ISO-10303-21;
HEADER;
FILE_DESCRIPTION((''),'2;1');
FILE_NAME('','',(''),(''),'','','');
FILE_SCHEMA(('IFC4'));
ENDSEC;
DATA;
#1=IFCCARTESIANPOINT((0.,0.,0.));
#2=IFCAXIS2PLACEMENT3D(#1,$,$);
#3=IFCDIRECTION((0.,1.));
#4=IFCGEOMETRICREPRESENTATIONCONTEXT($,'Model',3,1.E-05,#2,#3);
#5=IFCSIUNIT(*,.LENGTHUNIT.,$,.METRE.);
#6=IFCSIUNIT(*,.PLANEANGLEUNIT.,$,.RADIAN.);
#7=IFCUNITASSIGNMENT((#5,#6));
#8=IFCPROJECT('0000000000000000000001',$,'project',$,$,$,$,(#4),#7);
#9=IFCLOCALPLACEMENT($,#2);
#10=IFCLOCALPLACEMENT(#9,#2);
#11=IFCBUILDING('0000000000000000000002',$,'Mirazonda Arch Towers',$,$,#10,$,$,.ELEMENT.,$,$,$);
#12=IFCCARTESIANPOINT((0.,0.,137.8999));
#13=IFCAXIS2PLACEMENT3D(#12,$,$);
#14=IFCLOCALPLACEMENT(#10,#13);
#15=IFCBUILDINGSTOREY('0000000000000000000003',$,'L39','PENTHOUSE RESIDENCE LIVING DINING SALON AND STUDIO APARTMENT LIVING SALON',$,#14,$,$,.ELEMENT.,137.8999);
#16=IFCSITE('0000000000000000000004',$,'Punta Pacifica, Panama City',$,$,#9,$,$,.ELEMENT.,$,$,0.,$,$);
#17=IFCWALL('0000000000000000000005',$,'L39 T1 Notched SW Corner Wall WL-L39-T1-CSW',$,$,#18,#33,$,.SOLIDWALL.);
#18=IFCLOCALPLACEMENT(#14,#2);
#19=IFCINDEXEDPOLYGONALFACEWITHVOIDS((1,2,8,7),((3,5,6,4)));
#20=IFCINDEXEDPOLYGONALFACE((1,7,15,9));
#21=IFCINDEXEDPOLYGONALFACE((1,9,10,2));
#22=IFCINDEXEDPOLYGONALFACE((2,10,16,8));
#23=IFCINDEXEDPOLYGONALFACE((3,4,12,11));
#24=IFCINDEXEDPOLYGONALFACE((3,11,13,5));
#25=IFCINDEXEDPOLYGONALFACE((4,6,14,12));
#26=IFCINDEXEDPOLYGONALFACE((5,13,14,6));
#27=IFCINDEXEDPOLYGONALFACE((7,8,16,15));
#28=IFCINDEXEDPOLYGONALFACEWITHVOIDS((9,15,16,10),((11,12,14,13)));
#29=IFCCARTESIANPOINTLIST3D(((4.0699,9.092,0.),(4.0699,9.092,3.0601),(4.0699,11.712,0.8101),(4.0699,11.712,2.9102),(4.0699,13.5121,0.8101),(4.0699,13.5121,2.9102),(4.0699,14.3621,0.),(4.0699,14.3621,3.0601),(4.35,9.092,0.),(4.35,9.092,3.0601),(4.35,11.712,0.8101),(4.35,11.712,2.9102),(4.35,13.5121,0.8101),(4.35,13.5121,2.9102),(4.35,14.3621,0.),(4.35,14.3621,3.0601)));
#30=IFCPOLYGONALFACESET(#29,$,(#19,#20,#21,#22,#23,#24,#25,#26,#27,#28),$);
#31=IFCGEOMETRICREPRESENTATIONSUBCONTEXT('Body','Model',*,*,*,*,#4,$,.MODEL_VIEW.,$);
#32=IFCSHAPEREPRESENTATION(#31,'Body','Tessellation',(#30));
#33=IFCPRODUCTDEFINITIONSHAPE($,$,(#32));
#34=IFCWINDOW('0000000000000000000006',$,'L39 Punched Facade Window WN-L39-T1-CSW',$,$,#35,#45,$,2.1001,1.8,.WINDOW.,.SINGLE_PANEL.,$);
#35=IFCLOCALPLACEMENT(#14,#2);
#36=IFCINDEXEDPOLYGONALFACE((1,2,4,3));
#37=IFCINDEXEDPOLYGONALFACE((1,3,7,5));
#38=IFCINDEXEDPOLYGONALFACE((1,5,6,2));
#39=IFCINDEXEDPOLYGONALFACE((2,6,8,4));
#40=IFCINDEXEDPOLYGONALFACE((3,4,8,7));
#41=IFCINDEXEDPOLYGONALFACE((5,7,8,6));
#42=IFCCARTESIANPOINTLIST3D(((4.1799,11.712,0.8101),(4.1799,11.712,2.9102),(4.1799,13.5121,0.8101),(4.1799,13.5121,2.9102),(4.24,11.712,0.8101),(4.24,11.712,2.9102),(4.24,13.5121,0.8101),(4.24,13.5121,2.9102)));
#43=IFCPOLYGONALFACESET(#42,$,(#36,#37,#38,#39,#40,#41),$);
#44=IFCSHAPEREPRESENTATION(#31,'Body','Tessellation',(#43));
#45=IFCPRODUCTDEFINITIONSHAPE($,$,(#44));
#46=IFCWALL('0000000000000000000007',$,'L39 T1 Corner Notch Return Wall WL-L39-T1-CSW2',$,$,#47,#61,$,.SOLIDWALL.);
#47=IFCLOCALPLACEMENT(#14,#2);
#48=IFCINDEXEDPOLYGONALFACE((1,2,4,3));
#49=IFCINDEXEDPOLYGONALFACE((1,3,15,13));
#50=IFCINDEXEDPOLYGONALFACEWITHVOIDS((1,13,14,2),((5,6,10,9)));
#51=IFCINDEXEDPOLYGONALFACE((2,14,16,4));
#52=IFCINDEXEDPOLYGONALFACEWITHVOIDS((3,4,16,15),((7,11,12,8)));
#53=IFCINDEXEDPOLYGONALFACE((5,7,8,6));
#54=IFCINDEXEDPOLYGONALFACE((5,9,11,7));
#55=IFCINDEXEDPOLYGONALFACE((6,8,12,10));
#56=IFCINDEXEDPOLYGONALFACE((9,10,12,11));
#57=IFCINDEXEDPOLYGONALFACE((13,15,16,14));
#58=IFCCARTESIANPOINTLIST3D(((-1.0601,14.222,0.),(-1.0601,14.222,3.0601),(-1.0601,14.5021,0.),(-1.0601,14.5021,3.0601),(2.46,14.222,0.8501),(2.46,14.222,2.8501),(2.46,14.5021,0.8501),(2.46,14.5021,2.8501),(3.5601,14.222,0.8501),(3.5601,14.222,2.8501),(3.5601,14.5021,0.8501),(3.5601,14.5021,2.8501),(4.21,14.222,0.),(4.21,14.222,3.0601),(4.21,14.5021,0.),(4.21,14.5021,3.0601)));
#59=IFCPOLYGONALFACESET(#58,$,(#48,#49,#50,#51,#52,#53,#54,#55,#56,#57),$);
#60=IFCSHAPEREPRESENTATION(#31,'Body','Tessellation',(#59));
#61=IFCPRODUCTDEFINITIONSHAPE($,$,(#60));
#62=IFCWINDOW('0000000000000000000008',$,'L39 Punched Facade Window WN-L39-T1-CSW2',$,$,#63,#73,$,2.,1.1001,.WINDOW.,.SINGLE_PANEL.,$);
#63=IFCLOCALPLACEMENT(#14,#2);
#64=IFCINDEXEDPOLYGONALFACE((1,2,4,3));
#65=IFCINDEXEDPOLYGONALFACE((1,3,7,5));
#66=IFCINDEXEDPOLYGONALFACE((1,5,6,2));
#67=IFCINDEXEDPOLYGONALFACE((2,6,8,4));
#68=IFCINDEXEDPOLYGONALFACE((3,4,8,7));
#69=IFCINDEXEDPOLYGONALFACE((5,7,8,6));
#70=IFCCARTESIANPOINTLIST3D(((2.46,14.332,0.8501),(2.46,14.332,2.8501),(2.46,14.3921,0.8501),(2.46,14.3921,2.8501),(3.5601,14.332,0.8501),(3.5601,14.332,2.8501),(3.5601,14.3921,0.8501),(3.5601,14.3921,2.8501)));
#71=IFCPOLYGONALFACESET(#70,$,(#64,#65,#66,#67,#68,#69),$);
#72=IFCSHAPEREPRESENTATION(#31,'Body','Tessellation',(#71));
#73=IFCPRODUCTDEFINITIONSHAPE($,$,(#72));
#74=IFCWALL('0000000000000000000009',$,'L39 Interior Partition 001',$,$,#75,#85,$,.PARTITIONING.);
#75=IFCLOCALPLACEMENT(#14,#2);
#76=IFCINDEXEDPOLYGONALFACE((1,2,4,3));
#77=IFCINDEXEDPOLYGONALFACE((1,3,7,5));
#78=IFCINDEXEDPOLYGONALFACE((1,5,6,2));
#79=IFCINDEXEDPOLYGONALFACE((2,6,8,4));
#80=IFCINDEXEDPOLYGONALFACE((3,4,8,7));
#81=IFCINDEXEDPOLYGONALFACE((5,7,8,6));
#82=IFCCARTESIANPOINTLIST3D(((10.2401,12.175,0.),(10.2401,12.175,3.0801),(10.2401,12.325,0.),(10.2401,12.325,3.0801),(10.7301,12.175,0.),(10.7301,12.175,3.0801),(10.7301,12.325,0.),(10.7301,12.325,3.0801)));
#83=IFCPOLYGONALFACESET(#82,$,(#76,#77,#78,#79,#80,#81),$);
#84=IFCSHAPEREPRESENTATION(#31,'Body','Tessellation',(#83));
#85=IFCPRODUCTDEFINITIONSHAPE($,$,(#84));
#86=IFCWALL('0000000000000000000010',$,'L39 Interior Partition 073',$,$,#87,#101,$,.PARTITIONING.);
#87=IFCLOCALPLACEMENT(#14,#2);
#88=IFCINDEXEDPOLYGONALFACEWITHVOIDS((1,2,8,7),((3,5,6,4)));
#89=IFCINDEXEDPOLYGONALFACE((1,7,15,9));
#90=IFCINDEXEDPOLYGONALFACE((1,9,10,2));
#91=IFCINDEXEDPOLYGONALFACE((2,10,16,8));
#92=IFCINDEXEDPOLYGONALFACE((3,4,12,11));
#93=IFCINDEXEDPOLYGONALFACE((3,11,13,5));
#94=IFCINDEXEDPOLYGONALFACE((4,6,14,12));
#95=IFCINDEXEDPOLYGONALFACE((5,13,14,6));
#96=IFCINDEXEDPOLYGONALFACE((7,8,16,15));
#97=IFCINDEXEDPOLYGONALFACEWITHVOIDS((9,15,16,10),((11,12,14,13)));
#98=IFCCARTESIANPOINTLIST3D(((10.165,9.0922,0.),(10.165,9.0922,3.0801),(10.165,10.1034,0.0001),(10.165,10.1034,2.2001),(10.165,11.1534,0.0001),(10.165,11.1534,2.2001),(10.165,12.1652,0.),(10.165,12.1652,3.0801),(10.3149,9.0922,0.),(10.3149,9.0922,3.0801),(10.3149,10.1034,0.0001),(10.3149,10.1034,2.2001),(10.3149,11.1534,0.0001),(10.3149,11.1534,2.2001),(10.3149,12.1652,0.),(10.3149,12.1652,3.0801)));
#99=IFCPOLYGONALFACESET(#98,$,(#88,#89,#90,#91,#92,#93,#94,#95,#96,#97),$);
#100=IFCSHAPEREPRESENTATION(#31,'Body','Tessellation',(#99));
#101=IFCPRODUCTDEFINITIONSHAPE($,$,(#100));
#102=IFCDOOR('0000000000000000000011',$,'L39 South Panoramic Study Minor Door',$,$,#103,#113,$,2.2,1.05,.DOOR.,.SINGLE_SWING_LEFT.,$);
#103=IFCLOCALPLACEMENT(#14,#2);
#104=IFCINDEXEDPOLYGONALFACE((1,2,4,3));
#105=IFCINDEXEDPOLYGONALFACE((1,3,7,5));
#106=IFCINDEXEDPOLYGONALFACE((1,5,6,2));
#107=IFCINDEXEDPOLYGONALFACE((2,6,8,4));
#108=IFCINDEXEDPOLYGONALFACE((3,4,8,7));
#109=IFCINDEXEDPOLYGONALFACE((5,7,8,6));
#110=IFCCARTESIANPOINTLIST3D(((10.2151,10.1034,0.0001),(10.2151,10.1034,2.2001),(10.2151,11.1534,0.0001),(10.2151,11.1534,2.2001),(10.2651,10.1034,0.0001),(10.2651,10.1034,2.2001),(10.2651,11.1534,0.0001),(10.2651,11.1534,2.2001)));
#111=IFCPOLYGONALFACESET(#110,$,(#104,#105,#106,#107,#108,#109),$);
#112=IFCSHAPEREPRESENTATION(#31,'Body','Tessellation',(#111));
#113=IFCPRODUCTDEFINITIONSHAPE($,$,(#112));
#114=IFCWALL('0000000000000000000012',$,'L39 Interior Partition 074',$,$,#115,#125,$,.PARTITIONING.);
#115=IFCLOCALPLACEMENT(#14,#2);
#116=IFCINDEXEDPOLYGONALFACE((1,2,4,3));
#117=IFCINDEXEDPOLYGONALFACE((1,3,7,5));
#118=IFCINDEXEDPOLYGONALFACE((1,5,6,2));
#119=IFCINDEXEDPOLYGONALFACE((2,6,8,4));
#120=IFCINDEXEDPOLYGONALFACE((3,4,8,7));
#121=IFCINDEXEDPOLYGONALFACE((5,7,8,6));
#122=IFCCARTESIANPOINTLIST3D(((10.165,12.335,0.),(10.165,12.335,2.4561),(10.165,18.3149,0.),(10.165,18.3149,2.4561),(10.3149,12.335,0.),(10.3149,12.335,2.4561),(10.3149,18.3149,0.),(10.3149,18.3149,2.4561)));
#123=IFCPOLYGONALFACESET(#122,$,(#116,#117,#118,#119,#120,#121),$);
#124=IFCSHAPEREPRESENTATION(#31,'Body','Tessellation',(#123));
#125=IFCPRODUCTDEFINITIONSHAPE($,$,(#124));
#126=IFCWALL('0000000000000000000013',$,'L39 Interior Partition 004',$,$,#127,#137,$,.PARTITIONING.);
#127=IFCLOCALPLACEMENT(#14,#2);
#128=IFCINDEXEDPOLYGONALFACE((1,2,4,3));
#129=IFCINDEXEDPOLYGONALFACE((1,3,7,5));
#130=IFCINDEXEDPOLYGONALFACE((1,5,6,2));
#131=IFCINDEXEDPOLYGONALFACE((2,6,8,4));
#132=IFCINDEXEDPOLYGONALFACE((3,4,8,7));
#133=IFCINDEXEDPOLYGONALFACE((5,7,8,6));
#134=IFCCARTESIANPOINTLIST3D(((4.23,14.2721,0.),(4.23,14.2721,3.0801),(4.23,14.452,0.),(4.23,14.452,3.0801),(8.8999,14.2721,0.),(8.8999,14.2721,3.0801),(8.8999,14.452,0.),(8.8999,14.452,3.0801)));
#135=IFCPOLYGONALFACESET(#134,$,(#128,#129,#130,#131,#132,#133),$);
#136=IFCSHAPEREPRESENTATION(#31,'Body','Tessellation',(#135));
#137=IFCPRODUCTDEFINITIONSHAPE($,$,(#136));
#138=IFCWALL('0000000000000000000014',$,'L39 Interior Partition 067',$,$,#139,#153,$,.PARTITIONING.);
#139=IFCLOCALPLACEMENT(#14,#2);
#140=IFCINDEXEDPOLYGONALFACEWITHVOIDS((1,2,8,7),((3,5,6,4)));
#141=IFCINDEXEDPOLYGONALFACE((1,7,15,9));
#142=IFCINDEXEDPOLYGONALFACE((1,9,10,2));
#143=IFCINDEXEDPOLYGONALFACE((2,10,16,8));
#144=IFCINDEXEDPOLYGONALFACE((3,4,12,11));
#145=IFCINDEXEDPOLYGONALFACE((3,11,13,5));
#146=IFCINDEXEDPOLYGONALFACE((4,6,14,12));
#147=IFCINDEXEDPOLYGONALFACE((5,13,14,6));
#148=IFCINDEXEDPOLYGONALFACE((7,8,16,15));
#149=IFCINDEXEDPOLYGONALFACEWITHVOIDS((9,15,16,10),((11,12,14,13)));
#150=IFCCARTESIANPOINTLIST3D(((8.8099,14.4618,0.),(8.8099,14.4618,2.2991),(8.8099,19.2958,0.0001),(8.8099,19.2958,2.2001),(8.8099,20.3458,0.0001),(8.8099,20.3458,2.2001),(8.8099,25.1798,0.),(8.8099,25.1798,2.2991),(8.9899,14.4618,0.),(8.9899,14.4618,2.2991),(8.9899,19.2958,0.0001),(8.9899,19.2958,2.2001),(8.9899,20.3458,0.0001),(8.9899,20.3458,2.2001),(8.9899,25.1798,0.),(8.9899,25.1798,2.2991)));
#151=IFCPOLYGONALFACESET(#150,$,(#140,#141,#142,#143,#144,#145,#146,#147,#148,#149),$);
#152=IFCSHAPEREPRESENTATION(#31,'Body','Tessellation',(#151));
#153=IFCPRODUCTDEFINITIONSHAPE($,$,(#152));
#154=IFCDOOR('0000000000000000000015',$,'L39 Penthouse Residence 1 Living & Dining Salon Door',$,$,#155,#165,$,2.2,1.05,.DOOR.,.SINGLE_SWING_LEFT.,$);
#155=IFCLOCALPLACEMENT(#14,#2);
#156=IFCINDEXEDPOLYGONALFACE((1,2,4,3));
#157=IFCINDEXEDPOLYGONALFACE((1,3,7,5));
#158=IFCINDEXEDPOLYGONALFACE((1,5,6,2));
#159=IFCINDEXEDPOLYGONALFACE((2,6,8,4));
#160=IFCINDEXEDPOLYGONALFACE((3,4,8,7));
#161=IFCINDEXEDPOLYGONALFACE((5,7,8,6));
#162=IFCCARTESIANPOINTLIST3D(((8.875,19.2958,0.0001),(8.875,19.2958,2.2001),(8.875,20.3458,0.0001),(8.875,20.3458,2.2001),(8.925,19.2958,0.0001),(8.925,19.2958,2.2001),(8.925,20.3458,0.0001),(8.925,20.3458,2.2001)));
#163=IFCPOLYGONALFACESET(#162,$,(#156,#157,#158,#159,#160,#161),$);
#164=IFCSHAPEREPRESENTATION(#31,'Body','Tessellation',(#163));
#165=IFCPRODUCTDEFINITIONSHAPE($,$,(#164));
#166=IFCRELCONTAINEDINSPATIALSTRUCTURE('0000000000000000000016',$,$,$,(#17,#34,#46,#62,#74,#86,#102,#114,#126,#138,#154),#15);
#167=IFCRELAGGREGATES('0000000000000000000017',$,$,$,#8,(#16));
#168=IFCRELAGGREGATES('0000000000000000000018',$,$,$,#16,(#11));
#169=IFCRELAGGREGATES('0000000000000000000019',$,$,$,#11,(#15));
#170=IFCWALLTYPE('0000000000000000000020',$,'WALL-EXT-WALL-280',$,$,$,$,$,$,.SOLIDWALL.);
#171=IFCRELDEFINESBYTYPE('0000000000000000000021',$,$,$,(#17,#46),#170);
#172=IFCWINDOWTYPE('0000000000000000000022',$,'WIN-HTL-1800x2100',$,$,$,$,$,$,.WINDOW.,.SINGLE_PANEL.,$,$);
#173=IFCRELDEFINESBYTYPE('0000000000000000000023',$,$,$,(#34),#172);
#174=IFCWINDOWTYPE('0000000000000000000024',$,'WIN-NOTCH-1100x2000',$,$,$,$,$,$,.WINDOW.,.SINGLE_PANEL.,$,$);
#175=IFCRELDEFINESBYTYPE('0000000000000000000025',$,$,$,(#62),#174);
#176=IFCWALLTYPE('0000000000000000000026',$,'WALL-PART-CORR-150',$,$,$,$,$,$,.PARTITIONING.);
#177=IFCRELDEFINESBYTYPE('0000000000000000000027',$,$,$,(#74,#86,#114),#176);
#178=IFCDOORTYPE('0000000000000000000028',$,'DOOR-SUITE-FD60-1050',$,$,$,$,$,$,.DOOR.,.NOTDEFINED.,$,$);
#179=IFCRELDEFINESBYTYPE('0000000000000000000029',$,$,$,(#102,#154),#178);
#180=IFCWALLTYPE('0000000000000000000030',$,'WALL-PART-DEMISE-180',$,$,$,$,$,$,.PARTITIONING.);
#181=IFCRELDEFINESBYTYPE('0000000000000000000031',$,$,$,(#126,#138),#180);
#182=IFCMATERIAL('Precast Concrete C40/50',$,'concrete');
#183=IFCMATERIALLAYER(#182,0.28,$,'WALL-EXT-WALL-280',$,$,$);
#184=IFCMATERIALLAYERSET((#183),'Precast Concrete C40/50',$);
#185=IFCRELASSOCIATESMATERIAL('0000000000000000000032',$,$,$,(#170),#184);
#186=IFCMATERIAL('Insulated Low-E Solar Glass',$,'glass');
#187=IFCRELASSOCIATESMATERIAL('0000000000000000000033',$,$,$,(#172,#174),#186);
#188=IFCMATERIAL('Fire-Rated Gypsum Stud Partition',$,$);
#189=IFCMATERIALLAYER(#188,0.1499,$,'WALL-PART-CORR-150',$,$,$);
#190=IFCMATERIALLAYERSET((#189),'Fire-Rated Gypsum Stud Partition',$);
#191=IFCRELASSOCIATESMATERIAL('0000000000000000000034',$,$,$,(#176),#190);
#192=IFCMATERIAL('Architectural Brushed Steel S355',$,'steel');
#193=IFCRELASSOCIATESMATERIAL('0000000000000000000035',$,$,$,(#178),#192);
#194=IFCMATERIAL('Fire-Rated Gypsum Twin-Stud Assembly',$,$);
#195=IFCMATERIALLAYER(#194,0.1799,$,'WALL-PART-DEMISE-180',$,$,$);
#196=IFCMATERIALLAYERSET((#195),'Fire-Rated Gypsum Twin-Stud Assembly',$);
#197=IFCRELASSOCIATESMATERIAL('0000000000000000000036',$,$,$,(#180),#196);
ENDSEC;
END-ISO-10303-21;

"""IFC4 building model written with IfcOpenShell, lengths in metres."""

from ifc_helpers import new_model, si_unit, direction, frame, frame_2d, origin, place, context, subcontext, project, spatial, rectangle, extrude, material, layer, layer_set, type_object, element, fill, save


model = new_model("IFC4")

# Units and contexts
model_context = context("Model", 3, precision=1e-05, world=origin(), true_north=direction((0.0, 1.0)))
body_context = subcontext(model_context, "Body", "Model", "MODEL_VIEW")
ifc_project = project(units=[si_unit("LENGTHUNIT", "METRE"), si_unit("PLANEANGLEUNIT", "RADIAN")], contexts=[model_context])

# Site, building, storey
site_placement = place(None, origin())
site = spatial("IfcSite", under=ifc_project, at=site_placement, Name="Punta Pacifica, Panama City", CompositionType="ELEMENT", RefElevation=0.0)
building_placement = place(site_placement, origin())
building = spatial("IfcBuilding", under=site, at=building_placement, Name="Mirazonda Arch Towers", CompositionType="ELEMENT")
storey_placement = place(building_placement, frame((0.0, 0.0, 137.8999)))
storey = spatial("IfcBuildingStorey", under=building, at=storey_placement, Name="L39", Description="PENTHOUSE RESIDENCE LIVING DINING SALON AND STUDIO APARTMENT LIVING SALON", CompositionType="ELEMENT", Elevation=137.8999)

# Shared definitions
ifc_material_1 = material(Name="Insulated Low-E Solar Glass", Category="glass")

# Walls, openings, windows
ifc_material_2 = material(Name="Precast Concrete C40/50", Category="concrete")
ifc_layer_1 = layer(ifc_material_2, 0.28, Name="WALL-EXT-WALL-280")
ifc_layer_set_1 = layer_set([ifc_layer_1], Name="Precast Concrete C40/50")
wall_type_1 = type_object("IfcWallType", Name="WALL-EXT-WALL-280", PredefinedType="SOLIDWALL", material=ifc_layer_set_1)
wall_1_placement = place(storey_placement, frame((4.21, 14.3621, 0.0), z_axis=(0.0, 0.0, 1.0), x_axis=(0.0, -1.0, 0.0)))
wall_1 = element("IfcWall", 1, at=wall_1_placement, inside=storey, type_object=wall_type_1, Name="L39 T1 Notched SW Corner Wall WL-L39-T1-CSW", PredefinedType="SOLIDWALL", context=body_context, shape_type="SweptSolid", body=[
    extrude(rectangle(XDim=5.27, YDim=0.28, at=frame_2d((2.635, 0.0))), origin(), (0.0, 0.0, 1.0), 3.0601),
])
opening_1_placement = place(wall_1_placement, frame((0.8501, 0.0, 0.8101)))
opening_1 = element("IfcOpeningElement", 2, at=opening_1_placement, cuts=wall_1, PredefinedType="OPENING", context=body_context, shape_type="SweptSolid", body=[
    extrude(rectangle(XDim=1.8, YDim=2.1001, at=frame_2d((0.8999, 1.05))), frame((0.0, 0.1499, 0.0), z_axis=(0.0, -1.0, 0.0), x_axis=(1.0, 0.0, 0.0)), (0.0, 0.0, 1.0), 0.3),
])
window_type_1 = type_object("IfcWindowType", Name="WIN-HTL-1800x2100", PartitioningType="SINGLE_PANEL", PredefinedType="WINDOW", material=ifc_material_1)
window_1_placement = place(opening_1_placement, origin())
window_1 = element("IfcWindow", 3, at=window_1_placement, inside=storey, type_object=window_type_1, Name="L39 Punched Facade Window WN-L39-T1-CSW", OverallHeight=2.1001, OverallWidth=1.8, PartitioningType="SINGLE_PANEL", PredefinedType="WINDOW", context=body_context, shape_type="SweptSolid", body=[
    extrude(rectangle(XDim=1.8, YDim=2.1001, at=frame_2d((0.8999, 1.05))), frame((0.0, 0.03, 0.0), z_axis=(0.0, -1.0, 0.0), x_axis=(1.0, 0.0, 0.0)), (0.0, 0.0, 1.0), 0.0601),
])
fill(opening_1, window_1)
wall_2_placement = place(storey_placement, frame((-1.0601, 14.3621, 0.0), z_axis=(0.0, 0.0, 1.0), x_axis=(1.0, 0.0, 0.0)))
wall_2 = element("IfcWall", 4, at=wall_2_placement, inside=storey, type_object=wall_type_1, Name="L39 T1 Corner Notch Return Wall WL-L39-T1-CSW2", PredefinedType="SOLIDWALL", context=body_context, shape_type="SweptSolid", body=[
    extrude(rectangle(XDim=5.27, YDim=0.28, at=frame_2d((2.635, 0.0))), origin(), (0.0, 0.0, 1.0), 3.0601),
])
opening_2_placement = place(wall_2_placement, frame((3.52, 0.0, 0.8501)))
opening_2 = element("IfcOpeningElement", 5, at=opening_2_placement, cuts=wall_2, PredefinedType="OPENING", context=body_context, shape_type="SweptSolid", body=[
    extrude(rectangle(XDim=1.1001, YDim=2.0, at=frame_2d((0.55, 1.0))), frame((0.0, 0.1499, 0.0), z_axis=(0.0, -1.0, 0.0), x_axis=(1.0, 0.0, 0.0)), (0.0, 0.0, 1.0), 0.3),
])
window_type_2 = type_object("IfcWindowType", Name="WIN-NOTCH-1100x2000", PartitioningType="SINGLE_PANEL", PredefinedType="WINDOW", material=ifc_material_1)
window_2_placement = place(opening_2_placement, origin())
window_2 = element("IfcWindow", 6, at=window_2_placement, inside=storey, type_object=window_type_2, Name="L39 Punched Facade Window WN-L39-T1-CSW2", OverallHeight=2.0, OverallWidth=1.1001, PartitioningType="SINGLE_PANEL", PredefinedType="WINDOW", context=body_context, shape_type="SweptSolid", body=[
    extrude(rectangle(XDim=1.1001, YDim=2.0, at=frame_2d((0.55, 1.0))), frame((0.0, 0.03, 0.0), z_axis=(0.0, -1.0, 0.0), x_axis=(1.0, 0.0, 0.0)), (0.0, 0.0, 1.0), 0.0601),
])
fill(opening_2, window_2)

# Wall
ifc_material_3 = material(Name="Fire-Rated Gypsum Stud Partition")
ifc_layer_2 = layer(ifc_material_3, 0.1499, Name="WALL-PART-CORR-150")
ifc_layer_set_2 = layer_set([ifc_layer_2], Name="Fire-Rated Gypsum Stud Partition")
wall_type_2 = type_object("IfcWallType", Name="WALL-PART-CORR-150", PredefinedType="PARTITIONING", material=ifc_layer_set_2)
wall_3_placement = place(storey_placement, frame((10.24, 12.25, 0.0), z_axis=(0.0, 0.0, 1.0), x_axis=(1.0, 0.0, 0.0)))
element("IfcWall", 7, at=wall_3_placement, inside=storey, type_object=wall_type_2, Name="L39 Interior Partition 001", PredefinedType="PARTITIONING", context=body_context, shape_type="SweptSolid", body=[
    extrude(rectangle(XDim=0.49, YDim=0.1499, at=frame_2d((0.2451, 0.0))), origin(), (0.0, 0.0, 1.0), 3.0801),
])

# Wall, opening, door
wall_4_placement = place(storey_placement, frame((10.24, 9.092, 0.0), z_axis=(0.0, 0.0, 1.0), x_axis=(0.0, 1.0, 0.0)))
wall_4 = element("IfcWall", 8, at=wall_4_placement, inside=storey, type_object=wall_type_2, Name="L39 Interior Partition 073", PredefinedType="PARTITIONING", context=body_context, shape_type="SweptSolid", body=[
    extrude(rectangle(XDim=3.073, YDim=0.1499, at=frame_2d((1.5366, 0.0))), origin(), (0.0, 0.0, 1.0), 3.0801),
])
opening_3_placement = place(wall_4_placement, frame((1.0115, 0.0, 0.0)))
opening_3 = element("IfcOpeningElement", 9, at=opening_3_placement, cuts=wall_4, PredefinedType="OPENING", context=body_context, shape_type="SweptSolid", body=[
    extrude(rectangle(XDim=1.05, YDim=2.2, at=frame_2d((0.5249, 1.1001))), frame((0.0, 0.085, 0.0), z_axis=(0.0, -1.0, 0.0), x_axis=(1.0, 0.0, 0.0)), (0.0, 0.0, 1.0), 0.1699),
])
ifc_material_4 = material(Name="Architectural Brushed Steel S355", Category="steel")
door_type_1 = type_object("IfcDoorType", Name="DOOR-SUITE-FD60-1050", OperationType="NOTDEFINED", PredefinedType="DOOR", material=ifc_material_4)
door_1_placement = place(opening_3_placement, origin())
door_1 = element("IfcDoor", 10, at=door_1_placement, inside=storey, type_object=door_type_1, Name="L39 South Panoramic Study Minor Door", OperationType="SINGLE_SWING_LEFT", OverallHeight=2.2, OverallWidth=1.05, PredefinedType="DOOR", context=body_context, shape_type="SweptSolid", body=[
    extrude(rectangle(XDim=1.05, YDim=2.2, at=frame_2d((0.5249, 1.1001))), frame((0.0, 0.0249, 0.0), z_axis=(0.0, -1.0, 0.0), x_axis=(1.0, 0.0, 0.0)), (0.0, 0.0, 1.0), 0.05),
])
fill(opening_3, door_1)

# Walls
wall_5_placement = place(storey_placement, frame((10.24, 12.335, 0.0), z_axis=(0.0, 0.0, 1.0), x_axis=(0.0, 1.0, 0.0)))
element("IfcWall", 11, at=wall_5_placement, inside=storey, type_object=wall_type_2, Name="L39 Interior Partition 074", PredefinedType="PARTITIONING", context=body_context, shape_type="SweptSolid", body=[
    extrude(rectangle(XDim=5.98, YDim=0.1499, at=frame_2d((2.99, 0.0))), origin(), (0.0, 0.0, 1.0), 2.4561),
])
ifc_material_5 = material(Name="Fire-Rated Gypsum Twin-Stud Assembly")
ifc_layer_3 = layer(ifc_material_5, 0.1799, Name="WALL-PART-DEMISE-180")
ifc_layer_set_3 = layer_set([ifc_layer_3], Name="Fire-Rated Gypsum Twin-Stud Assembly")
wall_type_3 = type_object("IfcWallType", Name="WALL-PART-DEMISE-180", PredefinedType="PARTITIONING", material=ifc_layer_set_3)
wall_6_placement = place(storey_placement, frame((4.23, 14.3621, 0.0), z_axis=(0.0, 0.0, 1.0), x_axis=(1.0, 0.0, 0.0)))
element("IfcWall", 12, at=wall_6_placement, inside=storey, type_object=wall_type_3, Name="L39 Interior Partition 004", PredefinedType="PARTITIONING", context=body_context, shape_type="SweptSolid", body=[
    extrude(rectangle(XDim=4.6699, YDim=0.1799, at=frame_2d((2.335, 0.0))), origin(), (0.0, 0.0, 1.0), 3.0801),
])

# Wall, opening, door
wall_7_placement = place(storey_placement, frame((8.8999, 14.4619, 0.0), z_axis=(0.0, 0.0, 1.0), x_axis=(0.0, 1.0, 0.0)))
wall_7 = element("IfcWall", 13, at=wall_7_placement, inside=storey, type_object=wall_type_3, Name="L39 Interior Partition 067", PredefinedType="PARTITIONING", context=body_context, shape_type="SweptSolid", body=[
    extrude(rectangle(XDim=10.718, YDim=0.1799, at=frame_2d((5.3589, 0.0))), origin(), (0.0, 0.0, 1.0), 2.2991),
])
opening_4_placement = place(wall_7_placement, frame((4.834, 0.0, 0.0)))
opening_4 = element("IfcOpeningElement", 14, at=opening_4_placement, cuts=wall_7, PredefinedType="OPENING", context=body_context, shape_type="SweptSolid", body=[
    extrude(rectangle(XDim=1.05, YDim=2.2, at=frame_2d((0.5249, 1.1001))), frame((0.0, 0.0999, 0.0), z_axis=(0.0, -1.0, 0.0), x_axis=(1.0, 0.0, 0.0)), (0.0, 0.0, 1.0), 0.2),
])
door_2_placement = place(opening_4_placement, origin())
door_2 = element("IfcDoor", 15, at=door_2_placement, inside=storey, type_object=door_type_1, Name="L39 Penthouse Residence 1 Living & Dining Salon Door", OperationType="SINGLE_SWING_LEFT", OverallHeight=2.2, OverallWidth=1.05, PredefinedType="DOOR", context=body_context, shape_type="SweptSolid", body=[
    extrude(rectangle(XDim=1.05, YDim=2.2, at=frame_2d((0.5249, 1.1001))), frame((0.0, 0.0249, 0.0), z_axis=(0.0, -1.0, 0.0), x_axis=(1.0, 0.0, 0.0)), (0.0, 0.0, 1.0), 0.05),
])
fill(opening_4, door_2)

save(model, "model.ifc")
